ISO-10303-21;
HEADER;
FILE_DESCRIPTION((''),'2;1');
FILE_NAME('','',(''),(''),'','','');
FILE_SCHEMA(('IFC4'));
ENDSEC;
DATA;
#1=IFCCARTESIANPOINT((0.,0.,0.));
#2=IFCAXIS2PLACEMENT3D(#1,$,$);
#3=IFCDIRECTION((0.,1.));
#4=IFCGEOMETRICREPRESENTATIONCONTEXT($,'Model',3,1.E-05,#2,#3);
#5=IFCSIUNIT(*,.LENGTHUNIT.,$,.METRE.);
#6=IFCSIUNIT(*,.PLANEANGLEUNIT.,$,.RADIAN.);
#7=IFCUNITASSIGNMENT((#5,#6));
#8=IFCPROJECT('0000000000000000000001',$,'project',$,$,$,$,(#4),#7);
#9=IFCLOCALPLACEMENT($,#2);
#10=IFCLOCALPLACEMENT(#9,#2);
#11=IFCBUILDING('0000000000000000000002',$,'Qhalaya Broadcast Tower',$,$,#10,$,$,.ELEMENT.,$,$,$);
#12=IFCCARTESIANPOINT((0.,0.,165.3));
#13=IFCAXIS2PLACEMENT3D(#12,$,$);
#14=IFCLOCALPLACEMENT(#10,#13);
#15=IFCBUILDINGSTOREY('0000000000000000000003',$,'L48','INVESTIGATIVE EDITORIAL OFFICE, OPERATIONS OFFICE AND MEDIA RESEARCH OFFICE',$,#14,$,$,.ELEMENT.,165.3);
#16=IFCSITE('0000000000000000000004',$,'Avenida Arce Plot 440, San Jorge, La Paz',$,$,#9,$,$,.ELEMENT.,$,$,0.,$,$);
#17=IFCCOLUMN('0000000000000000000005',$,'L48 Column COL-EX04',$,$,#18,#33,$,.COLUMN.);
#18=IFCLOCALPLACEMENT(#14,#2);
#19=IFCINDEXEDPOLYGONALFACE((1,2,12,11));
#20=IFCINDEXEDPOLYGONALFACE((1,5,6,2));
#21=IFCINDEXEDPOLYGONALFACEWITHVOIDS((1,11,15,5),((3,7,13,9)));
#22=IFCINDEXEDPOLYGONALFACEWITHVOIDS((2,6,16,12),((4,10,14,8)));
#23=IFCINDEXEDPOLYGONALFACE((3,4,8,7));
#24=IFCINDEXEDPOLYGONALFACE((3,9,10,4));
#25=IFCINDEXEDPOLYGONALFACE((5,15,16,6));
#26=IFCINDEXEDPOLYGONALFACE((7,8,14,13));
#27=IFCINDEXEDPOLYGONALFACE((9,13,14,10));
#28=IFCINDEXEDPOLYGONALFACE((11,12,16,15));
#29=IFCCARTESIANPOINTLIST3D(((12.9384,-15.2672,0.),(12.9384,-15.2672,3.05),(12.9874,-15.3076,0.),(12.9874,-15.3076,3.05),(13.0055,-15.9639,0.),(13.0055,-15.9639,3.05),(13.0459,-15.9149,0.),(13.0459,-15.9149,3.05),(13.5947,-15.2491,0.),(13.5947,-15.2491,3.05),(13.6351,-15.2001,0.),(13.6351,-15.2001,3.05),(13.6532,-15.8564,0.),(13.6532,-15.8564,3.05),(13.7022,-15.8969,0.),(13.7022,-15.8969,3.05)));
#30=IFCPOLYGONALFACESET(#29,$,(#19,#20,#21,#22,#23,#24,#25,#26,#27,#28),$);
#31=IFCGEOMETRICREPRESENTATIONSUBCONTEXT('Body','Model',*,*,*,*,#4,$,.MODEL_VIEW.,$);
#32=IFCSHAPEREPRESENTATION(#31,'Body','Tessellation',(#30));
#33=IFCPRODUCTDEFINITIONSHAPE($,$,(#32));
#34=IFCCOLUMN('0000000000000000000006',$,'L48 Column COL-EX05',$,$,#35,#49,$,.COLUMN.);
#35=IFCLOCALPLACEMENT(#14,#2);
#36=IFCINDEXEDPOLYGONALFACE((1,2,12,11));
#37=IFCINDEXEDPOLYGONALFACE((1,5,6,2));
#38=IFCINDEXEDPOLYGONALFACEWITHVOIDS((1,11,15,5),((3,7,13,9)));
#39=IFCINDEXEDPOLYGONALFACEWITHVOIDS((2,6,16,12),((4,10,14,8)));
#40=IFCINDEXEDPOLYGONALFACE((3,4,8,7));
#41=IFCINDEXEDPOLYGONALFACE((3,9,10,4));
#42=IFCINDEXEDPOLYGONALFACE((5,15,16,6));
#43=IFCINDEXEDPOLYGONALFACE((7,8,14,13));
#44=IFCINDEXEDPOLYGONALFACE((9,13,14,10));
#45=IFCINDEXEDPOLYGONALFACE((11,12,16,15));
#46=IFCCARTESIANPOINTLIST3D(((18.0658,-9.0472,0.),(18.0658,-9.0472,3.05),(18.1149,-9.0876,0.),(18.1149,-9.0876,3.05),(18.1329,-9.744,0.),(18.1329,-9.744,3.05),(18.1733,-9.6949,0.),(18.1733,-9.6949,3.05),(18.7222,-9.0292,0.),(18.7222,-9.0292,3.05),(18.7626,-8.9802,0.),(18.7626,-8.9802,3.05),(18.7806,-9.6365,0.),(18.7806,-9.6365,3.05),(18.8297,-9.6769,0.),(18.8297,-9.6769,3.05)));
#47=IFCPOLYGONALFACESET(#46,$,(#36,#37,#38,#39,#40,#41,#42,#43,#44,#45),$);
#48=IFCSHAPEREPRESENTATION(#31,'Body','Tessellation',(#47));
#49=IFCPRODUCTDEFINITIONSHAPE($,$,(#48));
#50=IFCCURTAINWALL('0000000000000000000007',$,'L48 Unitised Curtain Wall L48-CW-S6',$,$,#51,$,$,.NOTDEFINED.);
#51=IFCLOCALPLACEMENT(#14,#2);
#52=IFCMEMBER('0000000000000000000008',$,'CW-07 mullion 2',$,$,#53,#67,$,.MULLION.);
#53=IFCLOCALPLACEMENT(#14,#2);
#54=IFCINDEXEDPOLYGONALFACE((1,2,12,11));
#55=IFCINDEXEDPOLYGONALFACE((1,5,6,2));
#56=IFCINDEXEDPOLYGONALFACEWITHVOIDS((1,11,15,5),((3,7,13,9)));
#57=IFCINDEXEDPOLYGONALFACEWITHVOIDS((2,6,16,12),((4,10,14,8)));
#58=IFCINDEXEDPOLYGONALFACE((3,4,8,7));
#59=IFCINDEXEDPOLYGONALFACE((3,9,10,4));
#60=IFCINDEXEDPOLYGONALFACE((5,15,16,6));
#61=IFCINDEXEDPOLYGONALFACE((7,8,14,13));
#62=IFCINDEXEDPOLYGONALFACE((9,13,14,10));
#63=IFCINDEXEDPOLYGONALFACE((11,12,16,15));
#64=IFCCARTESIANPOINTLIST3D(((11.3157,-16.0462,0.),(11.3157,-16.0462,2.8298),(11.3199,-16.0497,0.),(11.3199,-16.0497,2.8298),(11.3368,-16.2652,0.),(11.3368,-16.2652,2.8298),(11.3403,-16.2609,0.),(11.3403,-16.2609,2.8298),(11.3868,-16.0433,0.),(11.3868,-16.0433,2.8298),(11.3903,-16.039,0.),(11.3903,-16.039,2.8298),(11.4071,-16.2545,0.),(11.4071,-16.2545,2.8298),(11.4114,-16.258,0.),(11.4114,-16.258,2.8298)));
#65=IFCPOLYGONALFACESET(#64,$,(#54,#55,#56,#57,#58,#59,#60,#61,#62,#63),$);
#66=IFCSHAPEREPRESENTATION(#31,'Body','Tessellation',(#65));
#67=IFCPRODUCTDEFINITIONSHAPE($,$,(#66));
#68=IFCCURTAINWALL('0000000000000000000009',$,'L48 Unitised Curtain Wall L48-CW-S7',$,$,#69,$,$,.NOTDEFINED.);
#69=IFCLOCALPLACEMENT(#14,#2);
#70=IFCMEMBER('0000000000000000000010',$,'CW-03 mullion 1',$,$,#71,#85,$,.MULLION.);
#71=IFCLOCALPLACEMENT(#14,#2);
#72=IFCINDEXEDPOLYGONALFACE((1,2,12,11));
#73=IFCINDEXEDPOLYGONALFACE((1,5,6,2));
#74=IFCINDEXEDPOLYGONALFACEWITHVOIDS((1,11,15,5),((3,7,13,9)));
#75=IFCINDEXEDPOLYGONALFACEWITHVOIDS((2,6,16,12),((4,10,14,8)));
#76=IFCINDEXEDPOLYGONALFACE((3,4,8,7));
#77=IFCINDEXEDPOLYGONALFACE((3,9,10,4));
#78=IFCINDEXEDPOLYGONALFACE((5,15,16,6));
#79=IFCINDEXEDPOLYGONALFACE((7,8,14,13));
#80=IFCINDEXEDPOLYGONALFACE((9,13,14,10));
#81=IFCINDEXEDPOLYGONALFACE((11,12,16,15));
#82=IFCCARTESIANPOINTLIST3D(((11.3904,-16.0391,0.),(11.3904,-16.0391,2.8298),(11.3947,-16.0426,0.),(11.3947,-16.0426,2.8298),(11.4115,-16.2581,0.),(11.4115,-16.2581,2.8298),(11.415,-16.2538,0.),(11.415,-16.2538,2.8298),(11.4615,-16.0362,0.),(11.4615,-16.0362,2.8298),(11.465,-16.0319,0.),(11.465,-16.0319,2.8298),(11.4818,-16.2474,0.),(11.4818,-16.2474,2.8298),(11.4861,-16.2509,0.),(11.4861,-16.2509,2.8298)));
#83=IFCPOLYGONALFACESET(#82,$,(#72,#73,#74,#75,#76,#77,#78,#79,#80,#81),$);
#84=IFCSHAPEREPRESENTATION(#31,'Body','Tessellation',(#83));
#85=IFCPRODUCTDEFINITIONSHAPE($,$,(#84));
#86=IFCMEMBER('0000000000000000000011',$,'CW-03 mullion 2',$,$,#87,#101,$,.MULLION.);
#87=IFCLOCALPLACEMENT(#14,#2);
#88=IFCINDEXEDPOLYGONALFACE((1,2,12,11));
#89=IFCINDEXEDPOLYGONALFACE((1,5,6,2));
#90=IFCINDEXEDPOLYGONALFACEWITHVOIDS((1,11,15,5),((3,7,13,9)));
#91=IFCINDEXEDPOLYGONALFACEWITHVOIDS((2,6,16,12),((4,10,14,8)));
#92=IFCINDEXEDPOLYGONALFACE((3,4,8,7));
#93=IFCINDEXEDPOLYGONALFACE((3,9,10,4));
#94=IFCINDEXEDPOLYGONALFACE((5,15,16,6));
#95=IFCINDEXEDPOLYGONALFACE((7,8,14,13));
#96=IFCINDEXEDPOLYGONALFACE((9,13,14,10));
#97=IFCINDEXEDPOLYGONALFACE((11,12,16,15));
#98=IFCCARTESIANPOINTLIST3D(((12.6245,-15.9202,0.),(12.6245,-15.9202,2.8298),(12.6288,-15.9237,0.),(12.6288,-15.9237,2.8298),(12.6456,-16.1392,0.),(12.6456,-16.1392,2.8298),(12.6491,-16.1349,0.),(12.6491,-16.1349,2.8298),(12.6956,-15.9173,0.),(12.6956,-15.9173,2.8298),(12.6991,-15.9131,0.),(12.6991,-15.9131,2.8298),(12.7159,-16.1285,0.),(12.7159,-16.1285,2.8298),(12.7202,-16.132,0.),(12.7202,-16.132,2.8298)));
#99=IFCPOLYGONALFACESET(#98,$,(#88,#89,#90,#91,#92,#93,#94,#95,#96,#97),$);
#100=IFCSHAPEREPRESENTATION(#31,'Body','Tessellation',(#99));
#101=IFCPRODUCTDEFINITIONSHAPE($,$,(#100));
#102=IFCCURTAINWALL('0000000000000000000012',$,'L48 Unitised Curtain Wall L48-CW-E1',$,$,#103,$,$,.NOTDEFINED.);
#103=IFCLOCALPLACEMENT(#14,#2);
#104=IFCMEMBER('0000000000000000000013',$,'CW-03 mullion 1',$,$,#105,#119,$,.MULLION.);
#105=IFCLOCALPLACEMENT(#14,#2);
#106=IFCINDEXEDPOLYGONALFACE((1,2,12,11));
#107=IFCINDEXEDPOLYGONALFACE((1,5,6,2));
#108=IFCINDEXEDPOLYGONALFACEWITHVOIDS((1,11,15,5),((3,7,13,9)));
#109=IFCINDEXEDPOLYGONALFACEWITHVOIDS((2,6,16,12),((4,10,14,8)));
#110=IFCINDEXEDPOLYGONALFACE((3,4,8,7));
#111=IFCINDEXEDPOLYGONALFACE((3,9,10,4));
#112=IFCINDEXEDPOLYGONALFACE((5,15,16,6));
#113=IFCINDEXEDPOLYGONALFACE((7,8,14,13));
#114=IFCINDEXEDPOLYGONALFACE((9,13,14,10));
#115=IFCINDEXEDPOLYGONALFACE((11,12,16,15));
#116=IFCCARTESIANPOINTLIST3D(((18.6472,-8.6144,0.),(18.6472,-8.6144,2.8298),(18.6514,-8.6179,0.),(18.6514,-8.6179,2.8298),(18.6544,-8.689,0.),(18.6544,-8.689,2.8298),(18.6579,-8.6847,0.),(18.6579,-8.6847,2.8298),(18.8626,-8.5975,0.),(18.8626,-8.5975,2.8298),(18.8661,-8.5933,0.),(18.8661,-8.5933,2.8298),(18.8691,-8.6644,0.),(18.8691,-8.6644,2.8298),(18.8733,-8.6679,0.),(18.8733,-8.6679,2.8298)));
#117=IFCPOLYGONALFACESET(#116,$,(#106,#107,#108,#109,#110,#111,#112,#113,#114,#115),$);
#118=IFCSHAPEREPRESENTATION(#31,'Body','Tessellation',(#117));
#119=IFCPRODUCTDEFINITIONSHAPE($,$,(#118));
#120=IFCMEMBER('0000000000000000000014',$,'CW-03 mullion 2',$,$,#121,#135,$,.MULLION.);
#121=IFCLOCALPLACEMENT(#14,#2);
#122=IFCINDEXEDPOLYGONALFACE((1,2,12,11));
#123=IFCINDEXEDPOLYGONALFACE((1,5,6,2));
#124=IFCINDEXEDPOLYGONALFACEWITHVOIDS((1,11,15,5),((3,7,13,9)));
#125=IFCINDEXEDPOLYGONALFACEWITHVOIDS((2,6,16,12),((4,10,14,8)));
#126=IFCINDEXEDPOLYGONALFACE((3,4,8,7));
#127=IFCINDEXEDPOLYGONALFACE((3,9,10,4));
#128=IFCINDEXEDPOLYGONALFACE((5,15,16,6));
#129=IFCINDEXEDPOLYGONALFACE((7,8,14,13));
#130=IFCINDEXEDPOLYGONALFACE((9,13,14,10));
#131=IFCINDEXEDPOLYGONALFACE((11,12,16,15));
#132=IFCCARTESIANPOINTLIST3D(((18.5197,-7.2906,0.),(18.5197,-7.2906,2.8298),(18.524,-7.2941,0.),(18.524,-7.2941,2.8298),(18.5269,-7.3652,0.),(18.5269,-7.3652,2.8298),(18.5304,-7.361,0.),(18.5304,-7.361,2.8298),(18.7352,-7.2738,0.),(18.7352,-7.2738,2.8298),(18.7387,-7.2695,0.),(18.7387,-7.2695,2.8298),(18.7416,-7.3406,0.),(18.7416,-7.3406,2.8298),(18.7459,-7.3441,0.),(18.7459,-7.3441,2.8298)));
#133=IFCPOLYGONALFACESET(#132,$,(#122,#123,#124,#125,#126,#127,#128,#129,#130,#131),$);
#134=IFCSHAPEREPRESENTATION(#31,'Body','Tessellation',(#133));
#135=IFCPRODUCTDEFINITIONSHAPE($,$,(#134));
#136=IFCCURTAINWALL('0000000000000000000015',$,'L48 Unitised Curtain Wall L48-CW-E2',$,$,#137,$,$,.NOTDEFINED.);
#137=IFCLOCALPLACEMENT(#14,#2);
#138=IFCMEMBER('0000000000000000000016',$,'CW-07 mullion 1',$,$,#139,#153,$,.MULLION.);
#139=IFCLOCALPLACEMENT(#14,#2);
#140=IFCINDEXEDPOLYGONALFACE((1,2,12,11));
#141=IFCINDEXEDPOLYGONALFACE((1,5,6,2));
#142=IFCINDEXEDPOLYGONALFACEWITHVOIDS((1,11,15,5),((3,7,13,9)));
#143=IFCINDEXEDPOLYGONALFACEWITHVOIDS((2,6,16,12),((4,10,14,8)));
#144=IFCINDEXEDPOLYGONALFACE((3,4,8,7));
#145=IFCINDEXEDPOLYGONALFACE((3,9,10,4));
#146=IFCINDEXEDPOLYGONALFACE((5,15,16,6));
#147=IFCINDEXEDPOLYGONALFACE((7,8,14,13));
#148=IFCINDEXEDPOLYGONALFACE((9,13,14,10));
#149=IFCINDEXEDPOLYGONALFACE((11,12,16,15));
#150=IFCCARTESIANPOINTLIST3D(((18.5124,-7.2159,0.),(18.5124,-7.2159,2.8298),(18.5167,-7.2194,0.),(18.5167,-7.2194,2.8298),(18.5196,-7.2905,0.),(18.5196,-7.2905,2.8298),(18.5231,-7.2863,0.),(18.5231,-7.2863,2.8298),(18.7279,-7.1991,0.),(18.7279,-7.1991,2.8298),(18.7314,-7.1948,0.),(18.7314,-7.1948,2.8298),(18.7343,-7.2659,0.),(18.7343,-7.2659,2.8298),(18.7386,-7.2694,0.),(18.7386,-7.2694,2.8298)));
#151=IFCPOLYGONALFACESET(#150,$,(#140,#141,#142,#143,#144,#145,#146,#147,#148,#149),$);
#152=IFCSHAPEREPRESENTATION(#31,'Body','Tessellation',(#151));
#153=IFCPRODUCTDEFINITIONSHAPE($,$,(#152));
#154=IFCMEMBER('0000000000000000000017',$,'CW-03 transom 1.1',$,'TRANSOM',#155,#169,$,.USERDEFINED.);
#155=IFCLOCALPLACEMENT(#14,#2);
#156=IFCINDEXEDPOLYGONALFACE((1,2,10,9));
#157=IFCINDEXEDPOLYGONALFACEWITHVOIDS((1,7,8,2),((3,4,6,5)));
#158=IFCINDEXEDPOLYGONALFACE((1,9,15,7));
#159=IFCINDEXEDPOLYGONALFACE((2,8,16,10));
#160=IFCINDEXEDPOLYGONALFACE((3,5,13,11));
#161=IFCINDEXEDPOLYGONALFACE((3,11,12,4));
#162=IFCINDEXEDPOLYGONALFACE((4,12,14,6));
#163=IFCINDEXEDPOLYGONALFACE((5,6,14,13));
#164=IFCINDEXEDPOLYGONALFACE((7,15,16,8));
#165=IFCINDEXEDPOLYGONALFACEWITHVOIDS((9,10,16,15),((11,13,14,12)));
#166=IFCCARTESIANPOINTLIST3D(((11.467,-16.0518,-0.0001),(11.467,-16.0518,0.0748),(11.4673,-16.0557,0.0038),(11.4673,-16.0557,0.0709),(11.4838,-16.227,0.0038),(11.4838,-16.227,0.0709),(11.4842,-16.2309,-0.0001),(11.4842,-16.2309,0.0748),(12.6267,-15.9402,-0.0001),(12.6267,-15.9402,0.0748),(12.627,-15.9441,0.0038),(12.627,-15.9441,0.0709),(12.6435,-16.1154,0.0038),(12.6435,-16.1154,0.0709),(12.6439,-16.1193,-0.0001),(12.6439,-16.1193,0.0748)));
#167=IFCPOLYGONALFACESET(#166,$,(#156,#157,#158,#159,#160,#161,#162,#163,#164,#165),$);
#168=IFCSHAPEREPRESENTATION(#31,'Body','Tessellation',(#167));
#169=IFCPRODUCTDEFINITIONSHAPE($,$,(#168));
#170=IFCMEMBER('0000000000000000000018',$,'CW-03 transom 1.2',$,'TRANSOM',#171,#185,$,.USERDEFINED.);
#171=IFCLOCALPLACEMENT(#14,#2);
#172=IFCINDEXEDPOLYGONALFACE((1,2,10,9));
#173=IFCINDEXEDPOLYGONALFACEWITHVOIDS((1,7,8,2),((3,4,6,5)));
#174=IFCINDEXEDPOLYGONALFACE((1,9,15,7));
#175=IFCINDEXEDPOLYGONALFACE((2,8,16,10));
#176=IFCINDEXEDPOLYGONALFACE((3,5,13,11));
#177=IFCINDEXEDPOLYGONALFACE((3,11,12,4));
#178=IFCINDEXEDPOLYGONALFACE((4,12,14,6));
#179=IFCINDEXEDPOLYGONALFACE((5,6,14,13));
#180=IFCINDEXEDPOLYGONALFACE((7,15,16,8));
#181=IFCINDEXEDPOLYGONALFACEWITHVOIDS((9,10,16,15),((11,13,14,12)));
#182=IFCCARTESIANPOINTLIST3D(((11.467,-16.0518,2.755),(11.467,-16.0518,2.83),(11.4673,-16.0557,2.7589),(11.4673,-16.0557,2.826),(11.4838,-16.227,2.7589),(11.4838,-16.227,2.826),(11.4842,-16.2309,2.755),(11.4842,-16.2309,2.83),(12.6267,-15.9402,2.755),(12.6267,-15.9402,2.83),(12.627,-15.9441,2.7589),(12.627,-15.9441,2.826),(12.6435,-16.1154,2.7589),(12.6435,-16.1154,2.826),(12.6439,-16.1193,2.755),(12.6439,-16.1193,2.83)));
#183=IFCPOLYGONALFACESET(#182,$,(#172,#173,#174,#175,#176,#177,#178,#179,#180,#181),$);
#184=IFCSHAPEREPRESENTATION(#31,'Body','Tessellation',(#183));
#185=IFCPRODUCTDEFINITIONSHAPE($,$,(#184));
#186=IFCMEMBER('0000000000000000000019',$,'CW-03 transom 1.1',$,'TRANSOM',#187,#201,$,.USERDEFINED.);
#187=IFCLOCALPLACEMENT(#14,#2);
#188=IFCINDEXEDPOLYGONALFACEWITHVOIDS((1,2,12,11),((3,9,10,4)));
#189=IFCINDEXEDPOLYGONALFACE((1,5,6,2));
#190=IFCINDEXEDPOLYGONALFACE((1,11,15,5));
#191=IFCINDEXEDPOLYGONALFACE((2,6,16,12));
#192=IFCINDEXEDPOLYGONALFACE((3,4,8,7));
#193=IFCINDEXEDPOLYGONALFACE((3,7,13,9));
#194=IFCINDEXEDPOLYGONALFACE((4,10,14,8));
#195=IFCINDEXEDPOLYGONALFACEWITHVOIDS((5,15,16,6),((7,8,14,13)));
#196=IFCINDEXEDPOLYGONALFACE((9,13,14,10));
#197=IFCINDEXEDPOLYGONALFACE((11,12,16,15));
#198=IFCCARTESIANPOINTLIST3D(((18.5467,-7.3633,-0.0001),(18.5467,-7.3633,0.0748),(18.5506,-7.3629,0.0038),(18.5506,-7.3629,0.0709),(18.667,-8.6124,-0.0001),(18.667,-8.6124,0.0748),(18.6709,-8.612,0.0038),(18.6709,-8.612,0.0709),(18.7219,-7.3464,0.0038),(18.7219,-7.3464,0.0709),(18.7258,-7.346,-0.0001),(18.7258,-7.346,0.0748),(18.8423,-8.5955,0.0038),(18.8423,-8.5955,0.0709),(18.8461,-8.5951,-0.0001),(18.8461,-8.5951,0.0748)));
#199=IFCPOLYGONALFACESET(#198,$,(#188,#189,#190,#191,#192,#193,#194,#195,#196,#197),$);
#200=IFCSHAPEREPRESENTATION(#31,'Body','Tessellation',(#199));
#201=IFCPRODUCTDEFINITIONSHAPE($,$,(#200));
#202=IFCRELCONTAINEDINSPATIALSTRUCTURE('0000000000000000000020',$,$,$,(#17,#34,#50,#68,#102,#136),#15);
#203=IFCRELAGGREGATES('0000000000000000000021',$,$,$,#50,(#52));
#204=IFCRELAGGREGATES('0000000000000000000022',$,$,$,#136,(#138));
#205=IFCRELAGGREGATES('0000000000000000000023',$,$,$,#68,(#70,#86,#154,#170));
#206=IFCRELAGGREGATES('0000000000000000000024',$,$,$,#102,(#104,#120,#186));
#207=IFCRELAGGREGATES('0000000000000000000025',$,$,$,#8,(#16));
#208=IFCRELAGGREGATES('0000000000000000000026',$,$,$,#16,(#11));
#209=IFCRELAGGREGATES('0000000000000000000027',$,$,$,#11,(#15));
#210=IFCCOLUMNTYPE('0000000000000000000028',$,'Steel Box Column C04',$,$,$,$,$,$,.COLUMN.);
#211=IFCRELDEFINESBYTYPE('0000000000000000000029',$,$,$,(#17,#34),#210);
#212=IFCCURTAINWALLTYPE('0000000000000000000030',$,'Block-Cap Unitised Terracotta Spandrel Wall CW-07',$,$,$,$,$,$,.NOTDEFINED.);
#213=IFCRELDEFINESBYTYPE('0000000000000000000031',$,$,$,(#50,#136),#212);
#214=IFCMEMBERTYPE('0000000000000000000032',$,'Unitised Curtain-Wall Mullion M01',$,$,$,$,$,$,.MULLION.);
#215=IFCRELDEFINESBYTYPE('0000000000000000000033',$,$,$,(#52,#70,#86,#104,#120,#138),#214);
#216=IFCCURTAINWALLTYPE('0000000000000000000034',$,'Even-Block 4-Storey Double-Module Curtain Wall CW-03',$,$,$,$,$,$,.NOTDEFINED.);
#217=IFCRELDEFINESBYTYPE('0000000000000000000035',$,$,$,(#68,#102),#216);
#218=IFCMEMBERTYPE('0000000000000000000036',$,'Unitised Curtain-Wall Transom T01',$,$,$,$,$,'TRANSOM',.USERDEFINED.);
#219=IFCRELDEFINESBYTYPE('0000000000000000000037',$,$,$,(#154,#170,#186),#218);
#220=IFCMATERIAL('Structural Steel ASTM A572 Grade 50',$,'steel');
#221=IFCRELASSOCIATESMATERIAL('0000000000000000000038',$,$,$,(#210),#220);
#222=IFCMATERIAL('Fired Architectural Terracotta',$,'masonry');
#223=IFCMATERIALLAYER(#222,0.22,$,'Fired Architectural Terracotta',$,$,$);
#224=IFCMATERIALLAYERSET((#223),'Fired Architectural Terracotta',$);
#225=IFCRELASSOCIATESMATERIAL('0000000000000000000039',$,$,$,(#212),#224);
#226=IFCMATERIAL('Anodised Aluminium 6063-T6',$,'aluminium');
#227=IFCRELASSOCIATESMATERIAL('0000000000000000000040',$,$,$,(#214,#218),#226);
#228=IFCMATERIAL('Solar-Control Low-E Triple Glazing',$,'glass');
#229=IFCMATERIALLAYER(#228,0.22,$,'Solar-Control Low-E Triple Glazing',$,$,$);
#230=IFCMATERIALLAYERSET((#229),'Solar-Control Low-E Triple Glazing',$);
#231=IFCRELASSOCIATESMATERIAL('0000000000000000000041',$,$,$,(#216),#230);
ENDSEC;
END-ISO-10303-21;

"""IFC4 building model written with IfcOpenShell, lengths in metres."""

from ifc_helpers import new_model, si_unit, direction, frame, origin, origin_2d, place, context, subcontext, project, spatial, hollow_rectangle, extrude, material, layer, layer_set, material_profile, profile_set, type_object, element, aggregate, save


model = new_model("IFC4")

# Units and contexts
model_context = context("Model", 3, precision=1e-05, world=origin(), true_north=direction((0.0, 1.0)))
body_context = subcontext(model_context, "Body", "Model", "MODEL_VIEW")
ifc_project = project(units=[si_unit("LENGTHUNIT", "METRE"), si_unit("PLANEANGLEUNIT", "RADIAN")], contexts=[model_context])

# Site, building, storey
site_placement = place(None, origin())
site = spatial("IfcSite", under=ifc_project, at=site_placement, Name="Avenida Arce Plot 440, San Jorge, La Paz", CompositionType="ELEMENT", RefElevation=0.0)
building_placement = place(site_placement, origin())
building = spatial("IfcBuilding", under=site, at=building_placement, Name="Qhalaya Broadcast Tower", CompositionType="ELEMENT")
storey_placement = place(building_placement, frame((0.0, 0.0, 165.3)))
storey = spatial("IfcBuildingStorey", under=building, at=storey_placement, Name="L48", Description="INVESTIGATIVE EDITORIAL OFFICE, OPERATIONS OFFICE AND MEDIA RESEARCH OFFICE", CompositionType="ELEMENT", Elevation=165.3)

# Columns
ifc_material_1 = material(Name="Structural Steel ASTM A572 Grade 50", Category="steel")
ifc_material_profile_1 = material_profile(ifc_material_1, hollow_rectangle(XDim=0.7, YDim=0.7, WallThickness=0.0449, at=origin_2d()), Name="BOX 700x700x45")
ifc_profile_set_1 = profile_set([ifc_material_profile_1], Name="Structural Steel ASTM A572 Grade 50")
column_type = type_object("IfcColumnType", Name="Steel Box Column C04", PredefinedType="COLUMN", material=ifc_profile_set_1)
for number, where, z_axis, x_axis, name in (
    (1, (13.3203, -15.582, 0.0), (0.0, 0.0, 1.0), (0.995396, 0.095846, 0.0), "L48 Column COL-EX04"),
    (2, (18.4478, -9.3621, 0.0), (0.0, 0.0, 1.0), (-0.095846, 0.995396, 0.0), "L48 Column COL-EX05"),
):
    element("IfcColumn", number, at=place(storey_placement, frame(where, z_axis=z_axis, x_axis=x_axis)), inside=storey, type_object=column_type, Name=name, PredefinedType="COLUMN", context=body_context, shape_type="SweptSolid", body=[
        extrude(hollow_rectangle(XDim=0.7, YDim=0.7, WallThickness=0.0449, at=origin_2d()), origin(), (0.0, 0.0, 1.0), 3.05),
    ])

# Curtain wall, member
ifc_material_2 = material(Name="Fired Architectural Terracotta", Category="masonry")
ifc_layer_1 = layer(ifc_material_2, 0.22, Name="Fired Architectural Terracotta")
ifc_layer_set_1 = layer_set([ifc_layer_1], Name="Fired Architectural Terracotta")
curtain_wall_type_1 = type_object("IfcCurtainWallType", Name="Block-Cap Unitised Terracotta Spandrel Wall CW-07", PredefinedType="NOTDEFINED", material=ifc_layer_set_1)
curtain_wall_1_placement = place(storey_placement, origin())
curtain_wall_1 = element("IfcCurtainWall", 3, at=curtain_wall_1_placement, inside=storey, type_object=curtain_wall_type_1, Name="L48 Unitised Curtain Wall L48-CW-S6", PredefinedType="NOTDEFINED")
ifc_material_3 = material(Name="Anodised Aluminium 6063-T6", Category="aluminium")
ifc_material_profile_2 = material_profile(ifc_material_3, hollow_rectangle(XDim=0.075, YDim=0.22, WallThickness=0.0039, at=origin_2d()), Name="ALU-MUL 75x220x4")
ifc_profile_set_2 = profile_set([ifc_material_profile_2], Name="Anodised Aluminium 6063-T6")
member_type_1 = type_object("IfcMemberType", Name="Unitised Curtain-Wall Mullion M01", PredefinedType="MULLION", material=ifc_profile_set_2)
member_1_placement = place(storey_placement, frame((11.3635, -16.1521, 0.0), z_axis=(0.0, 0.0, 1.0), x_axis=(0.995395, 0.095855, 0.0)))
member_1 = element("IfcMember", 4, at=member_1_placement, type_object=member_type_1, Name="CW-07 mullion 2", PredefinedType="MULLION", context=body_context, shape_type="SweptSolid", body=[
    extrude(hollow_rectangle(XDim=0.075, YDim=0.22, WallThickness=0.0039, at=origin_2d()), origin(), (0.0, 0.0, 1.0), 2.8298),
])
aggregate(curtain_wall_1, [member_1])

# Curtain walls, members
ifc_material_4 = material(Name="Solar-Control Low-E Triple Glazing", Category="glass")
ifc_layer_2 = layer(ifc_material_4, 0.22, Name="Solar-Control Low-E Triple Glazing")
ifc_layer_set_2 = layer_set([ifc_layer_2], Name="Solar-Control Low-E Triple Glazing")
curtain_wall_type_2 = type_object("IfcCurtainWallType", Name="Even-Block 4-Storey Double-Module Curtain Wall CW-03", PredefinedType="NOTDEFINED", material=ifc_layer_set_2)
curtain_wall_2_placement = place(storey_placement, origin())
curtain_wall_2 = element("IfcCurtainWall", 5, at=curtain_wall_2_placement, inside=storey, type_object=curtain_wall_type_2, Name="L48 Unitised Curtain Wall L48-CW-S7", PredefinedType="NOTDEFINED")
member_2_placement = place(storey_placement, frame((11.4382, -16.145, 0.0), z_axis=(0.0, 0.0, 1.0), x_axis=(0.995399, 0.095821, 0.0)))
member_2 = element("IfcMember", 6, at=member_2_placement, type_object=member_type_1, Name="CW-03 mullion 1", PredefinedType="MULLION", context=body_context, shape_type="SweptSolid", body=[
    extrude(hollow_rectangle(XDim=0.075, YDim=0.22, WallThickness=0.0039, at=origin_2d()), origin(), (0.0, 0.0, 1.0), 2.8298),
])
member_3_placement = place(storey_placement, frame((12.6724, -16.0261, 0.0), z_axis=(0.0, 0.0, 1.0), x_axis=(0.995399, 0.095821, 0.0)))
member_3 = element("IfcMember", 7, at=member_3_placement, type_object=member_type_1, Name="CW-03 mullion 2", PredefinedType="MULLION", context=body_context, shape_type="SweptSolid", body=[
    extrude(hollow_rectangle(XDim=0.075, YDim=0.22, WallThickness=0.0039, at=origin_2d()), origin(), (0.0, 0.0, 1.0), 2.8298),
])
curtain_wall_3_placement = place(storey_placement, origin())
curtain_wall_3 = element("IfcCurtainWall", 8, at=curtain_wall_3_placement, inside=storey, type_object=curtain_wall_type_2, Name="L48 Unitised Curtain Wall L48-CW-E1", PredefinedType="NOTDEFINED")
member_4_placement = place(storey_placement, frame((18.7603, -8.6411, 0.0), z_axis=(0.0, 0.0, 1.0), x_axis=(-0.095874, 0.995393, 0.0)))
member_4 = element("IfcMember", 9, at=member_4_placement, type_object=member_type_1, Name="CW-03 mullion 1", PredefinedType="MULLION", context=body_context, shape_type="SweptSolid", body=[
    extrude(hollow_rectangle(XDim=0.075, YDim=0.22, WallThickness=0.0039, at=origin_2d()), origin(), (0.0, 0.0, 1.0), 2.8298),
])
member_5_placement = place(storey_placement, frame((18.6328, -7.3174, 0.0), z_axis=(0.0, 0.0, 1.0), x_axis=(-0.095874, 0.995393, 0.0)))
member_5 = element("IfcMember", 10, at=member_5_placement, type_object=member_type_1, Name="CW-03 mullion 2", PredefinedType="MULLION", context=body_context, shape_type="SweptSolid", body=[
    extrude(hollow_rectangle(XDim=0.075, YDim=0.22, WallThickness=0.0039, at=origin_2d()), origin(), (0.0, 0.0, 1.0), 2.8298),
])

# Curtain wall, member
curtain_wall_4_placement = place(storey_placement, origin())
curtain_wall_4 = element("IfcCurtainWall", 11, at=curtain_wall_4_placement, inside=storey, type_object=curtain_wall_type_1, Name="L48 Unitised Curtain Wall L48-CW-E2", PredefinedType="NOTDEFINED")
member_6_placement = place(storey_placement, frame((18.6255, -7.2427, 0.0), z_axis=(0.0, 0.0, 1.0), x_axis=(-0.095845, 0.995396, 0.0)))
member_6 = element("IfcMember", 12, at=member_6_placement, type_object=member_type_1, Name="CW-07 mullion 1", PredefinedType="MULLION", context=body_context, shape_type="SweptSolid", body=[
    extrude(hollow_rectangle(XDim=0.075, YDim=0.22, WallThickness=0.0039, at=origin_2d()), origin(), (0.0, 0.0, 1.0), 2.8298),
])
aggregate(curtain_wall_4, [member_6])

# Members
ifc_material_profile_3 = material_profile(ifc_material_3, hollow_rectangle(XDim=0.075, YDim=0.1799, WallThickness=0.0039, at=origin_2d()), Name="ALU-TRN 75x180x4")
ifc_profile_set_3 = profile_set([ifc_material_profile_3], Name="Anodised Aluminium 6063-T6")
member_type_2 = type_object("IfcMemberType", Name="Unitised Curtain-Wall Transom T01", ElementType="TRANSOM", PredefinedType="USERDEFINED", material=ifc_profile_set_3)
member_7_placement = place(storey_placement, frame((11.4756, -16.1414, 0.0374), z_axis=(0.995404, 0.095768, 0.0), x_axis=(0.0, 0.0, 1.0)))
member_7 = element("IfcMember", 13, at=member_7_placement, type_object=member_type_2, Name="CW-03 transom 1.1", ObjectType="TRANSOM", PredefinedType="USERDEFINED", context=body_context, shape_type="SweptSolid", body=[
    extrude(hollow_rectangle(XDim=0.075, YDim=0.1799, WallThickness=0.0039, at=origin_2d()), origin(), (0.0, 0.0, 1.0), 1.165),
])
member_8_placement = place(storey_placement, frame((11.4756, -16.1414, 2.7925), z_axis=(0.995404, 0.095768, 0.0), x_axis=(0.0, 0.0, 1.0)))
member_8 = element("IfcMember", 14, at=member_8_placement, type_object=member_type_2, Name="CW-03 transom 1.2", ObjectType="TRANSOM", PredefinedType="USERDEFINED", context=body_context, shape_type="SweptSolid", body=[
    extrude(hollow_rectangle(XDim=0.075, YDim=0.1799, WallThickness=0.0039, at=origin_2d()), origin(), (0.0, 0.0, 1.0), 1.165),
])
member_9_placement = place(storey_placement, frame((18.7566, -8.6038, 0.0374), z_axis=(-0.09592, 0.995389, 0.0), x_axis=(0.0, 0.0, 1.0)))
member_9 = element("IfcMember", 15, at=member_9_placement, type_object=member_type_2, Name="CW-03 transom 1.1", ObjectType="TRANSOM", PredefinedType="USERDEFINED", context=body_context, shape_type="SweptSolid", body=[
    extrude(hollow_rectangle(XDim=0.075, YDim=0.1799, WallThickness=0.0039, at=origin_2d()), origin(), (0.0, 0.0, 1.0), 1.2549),
])

aggregate(curtain_wall_2, [member_2, member_3, member_7, member_8])
aggregate(curtain_wall_3, [member_4, member_5, member_9])

save(model, "model.ifc")
